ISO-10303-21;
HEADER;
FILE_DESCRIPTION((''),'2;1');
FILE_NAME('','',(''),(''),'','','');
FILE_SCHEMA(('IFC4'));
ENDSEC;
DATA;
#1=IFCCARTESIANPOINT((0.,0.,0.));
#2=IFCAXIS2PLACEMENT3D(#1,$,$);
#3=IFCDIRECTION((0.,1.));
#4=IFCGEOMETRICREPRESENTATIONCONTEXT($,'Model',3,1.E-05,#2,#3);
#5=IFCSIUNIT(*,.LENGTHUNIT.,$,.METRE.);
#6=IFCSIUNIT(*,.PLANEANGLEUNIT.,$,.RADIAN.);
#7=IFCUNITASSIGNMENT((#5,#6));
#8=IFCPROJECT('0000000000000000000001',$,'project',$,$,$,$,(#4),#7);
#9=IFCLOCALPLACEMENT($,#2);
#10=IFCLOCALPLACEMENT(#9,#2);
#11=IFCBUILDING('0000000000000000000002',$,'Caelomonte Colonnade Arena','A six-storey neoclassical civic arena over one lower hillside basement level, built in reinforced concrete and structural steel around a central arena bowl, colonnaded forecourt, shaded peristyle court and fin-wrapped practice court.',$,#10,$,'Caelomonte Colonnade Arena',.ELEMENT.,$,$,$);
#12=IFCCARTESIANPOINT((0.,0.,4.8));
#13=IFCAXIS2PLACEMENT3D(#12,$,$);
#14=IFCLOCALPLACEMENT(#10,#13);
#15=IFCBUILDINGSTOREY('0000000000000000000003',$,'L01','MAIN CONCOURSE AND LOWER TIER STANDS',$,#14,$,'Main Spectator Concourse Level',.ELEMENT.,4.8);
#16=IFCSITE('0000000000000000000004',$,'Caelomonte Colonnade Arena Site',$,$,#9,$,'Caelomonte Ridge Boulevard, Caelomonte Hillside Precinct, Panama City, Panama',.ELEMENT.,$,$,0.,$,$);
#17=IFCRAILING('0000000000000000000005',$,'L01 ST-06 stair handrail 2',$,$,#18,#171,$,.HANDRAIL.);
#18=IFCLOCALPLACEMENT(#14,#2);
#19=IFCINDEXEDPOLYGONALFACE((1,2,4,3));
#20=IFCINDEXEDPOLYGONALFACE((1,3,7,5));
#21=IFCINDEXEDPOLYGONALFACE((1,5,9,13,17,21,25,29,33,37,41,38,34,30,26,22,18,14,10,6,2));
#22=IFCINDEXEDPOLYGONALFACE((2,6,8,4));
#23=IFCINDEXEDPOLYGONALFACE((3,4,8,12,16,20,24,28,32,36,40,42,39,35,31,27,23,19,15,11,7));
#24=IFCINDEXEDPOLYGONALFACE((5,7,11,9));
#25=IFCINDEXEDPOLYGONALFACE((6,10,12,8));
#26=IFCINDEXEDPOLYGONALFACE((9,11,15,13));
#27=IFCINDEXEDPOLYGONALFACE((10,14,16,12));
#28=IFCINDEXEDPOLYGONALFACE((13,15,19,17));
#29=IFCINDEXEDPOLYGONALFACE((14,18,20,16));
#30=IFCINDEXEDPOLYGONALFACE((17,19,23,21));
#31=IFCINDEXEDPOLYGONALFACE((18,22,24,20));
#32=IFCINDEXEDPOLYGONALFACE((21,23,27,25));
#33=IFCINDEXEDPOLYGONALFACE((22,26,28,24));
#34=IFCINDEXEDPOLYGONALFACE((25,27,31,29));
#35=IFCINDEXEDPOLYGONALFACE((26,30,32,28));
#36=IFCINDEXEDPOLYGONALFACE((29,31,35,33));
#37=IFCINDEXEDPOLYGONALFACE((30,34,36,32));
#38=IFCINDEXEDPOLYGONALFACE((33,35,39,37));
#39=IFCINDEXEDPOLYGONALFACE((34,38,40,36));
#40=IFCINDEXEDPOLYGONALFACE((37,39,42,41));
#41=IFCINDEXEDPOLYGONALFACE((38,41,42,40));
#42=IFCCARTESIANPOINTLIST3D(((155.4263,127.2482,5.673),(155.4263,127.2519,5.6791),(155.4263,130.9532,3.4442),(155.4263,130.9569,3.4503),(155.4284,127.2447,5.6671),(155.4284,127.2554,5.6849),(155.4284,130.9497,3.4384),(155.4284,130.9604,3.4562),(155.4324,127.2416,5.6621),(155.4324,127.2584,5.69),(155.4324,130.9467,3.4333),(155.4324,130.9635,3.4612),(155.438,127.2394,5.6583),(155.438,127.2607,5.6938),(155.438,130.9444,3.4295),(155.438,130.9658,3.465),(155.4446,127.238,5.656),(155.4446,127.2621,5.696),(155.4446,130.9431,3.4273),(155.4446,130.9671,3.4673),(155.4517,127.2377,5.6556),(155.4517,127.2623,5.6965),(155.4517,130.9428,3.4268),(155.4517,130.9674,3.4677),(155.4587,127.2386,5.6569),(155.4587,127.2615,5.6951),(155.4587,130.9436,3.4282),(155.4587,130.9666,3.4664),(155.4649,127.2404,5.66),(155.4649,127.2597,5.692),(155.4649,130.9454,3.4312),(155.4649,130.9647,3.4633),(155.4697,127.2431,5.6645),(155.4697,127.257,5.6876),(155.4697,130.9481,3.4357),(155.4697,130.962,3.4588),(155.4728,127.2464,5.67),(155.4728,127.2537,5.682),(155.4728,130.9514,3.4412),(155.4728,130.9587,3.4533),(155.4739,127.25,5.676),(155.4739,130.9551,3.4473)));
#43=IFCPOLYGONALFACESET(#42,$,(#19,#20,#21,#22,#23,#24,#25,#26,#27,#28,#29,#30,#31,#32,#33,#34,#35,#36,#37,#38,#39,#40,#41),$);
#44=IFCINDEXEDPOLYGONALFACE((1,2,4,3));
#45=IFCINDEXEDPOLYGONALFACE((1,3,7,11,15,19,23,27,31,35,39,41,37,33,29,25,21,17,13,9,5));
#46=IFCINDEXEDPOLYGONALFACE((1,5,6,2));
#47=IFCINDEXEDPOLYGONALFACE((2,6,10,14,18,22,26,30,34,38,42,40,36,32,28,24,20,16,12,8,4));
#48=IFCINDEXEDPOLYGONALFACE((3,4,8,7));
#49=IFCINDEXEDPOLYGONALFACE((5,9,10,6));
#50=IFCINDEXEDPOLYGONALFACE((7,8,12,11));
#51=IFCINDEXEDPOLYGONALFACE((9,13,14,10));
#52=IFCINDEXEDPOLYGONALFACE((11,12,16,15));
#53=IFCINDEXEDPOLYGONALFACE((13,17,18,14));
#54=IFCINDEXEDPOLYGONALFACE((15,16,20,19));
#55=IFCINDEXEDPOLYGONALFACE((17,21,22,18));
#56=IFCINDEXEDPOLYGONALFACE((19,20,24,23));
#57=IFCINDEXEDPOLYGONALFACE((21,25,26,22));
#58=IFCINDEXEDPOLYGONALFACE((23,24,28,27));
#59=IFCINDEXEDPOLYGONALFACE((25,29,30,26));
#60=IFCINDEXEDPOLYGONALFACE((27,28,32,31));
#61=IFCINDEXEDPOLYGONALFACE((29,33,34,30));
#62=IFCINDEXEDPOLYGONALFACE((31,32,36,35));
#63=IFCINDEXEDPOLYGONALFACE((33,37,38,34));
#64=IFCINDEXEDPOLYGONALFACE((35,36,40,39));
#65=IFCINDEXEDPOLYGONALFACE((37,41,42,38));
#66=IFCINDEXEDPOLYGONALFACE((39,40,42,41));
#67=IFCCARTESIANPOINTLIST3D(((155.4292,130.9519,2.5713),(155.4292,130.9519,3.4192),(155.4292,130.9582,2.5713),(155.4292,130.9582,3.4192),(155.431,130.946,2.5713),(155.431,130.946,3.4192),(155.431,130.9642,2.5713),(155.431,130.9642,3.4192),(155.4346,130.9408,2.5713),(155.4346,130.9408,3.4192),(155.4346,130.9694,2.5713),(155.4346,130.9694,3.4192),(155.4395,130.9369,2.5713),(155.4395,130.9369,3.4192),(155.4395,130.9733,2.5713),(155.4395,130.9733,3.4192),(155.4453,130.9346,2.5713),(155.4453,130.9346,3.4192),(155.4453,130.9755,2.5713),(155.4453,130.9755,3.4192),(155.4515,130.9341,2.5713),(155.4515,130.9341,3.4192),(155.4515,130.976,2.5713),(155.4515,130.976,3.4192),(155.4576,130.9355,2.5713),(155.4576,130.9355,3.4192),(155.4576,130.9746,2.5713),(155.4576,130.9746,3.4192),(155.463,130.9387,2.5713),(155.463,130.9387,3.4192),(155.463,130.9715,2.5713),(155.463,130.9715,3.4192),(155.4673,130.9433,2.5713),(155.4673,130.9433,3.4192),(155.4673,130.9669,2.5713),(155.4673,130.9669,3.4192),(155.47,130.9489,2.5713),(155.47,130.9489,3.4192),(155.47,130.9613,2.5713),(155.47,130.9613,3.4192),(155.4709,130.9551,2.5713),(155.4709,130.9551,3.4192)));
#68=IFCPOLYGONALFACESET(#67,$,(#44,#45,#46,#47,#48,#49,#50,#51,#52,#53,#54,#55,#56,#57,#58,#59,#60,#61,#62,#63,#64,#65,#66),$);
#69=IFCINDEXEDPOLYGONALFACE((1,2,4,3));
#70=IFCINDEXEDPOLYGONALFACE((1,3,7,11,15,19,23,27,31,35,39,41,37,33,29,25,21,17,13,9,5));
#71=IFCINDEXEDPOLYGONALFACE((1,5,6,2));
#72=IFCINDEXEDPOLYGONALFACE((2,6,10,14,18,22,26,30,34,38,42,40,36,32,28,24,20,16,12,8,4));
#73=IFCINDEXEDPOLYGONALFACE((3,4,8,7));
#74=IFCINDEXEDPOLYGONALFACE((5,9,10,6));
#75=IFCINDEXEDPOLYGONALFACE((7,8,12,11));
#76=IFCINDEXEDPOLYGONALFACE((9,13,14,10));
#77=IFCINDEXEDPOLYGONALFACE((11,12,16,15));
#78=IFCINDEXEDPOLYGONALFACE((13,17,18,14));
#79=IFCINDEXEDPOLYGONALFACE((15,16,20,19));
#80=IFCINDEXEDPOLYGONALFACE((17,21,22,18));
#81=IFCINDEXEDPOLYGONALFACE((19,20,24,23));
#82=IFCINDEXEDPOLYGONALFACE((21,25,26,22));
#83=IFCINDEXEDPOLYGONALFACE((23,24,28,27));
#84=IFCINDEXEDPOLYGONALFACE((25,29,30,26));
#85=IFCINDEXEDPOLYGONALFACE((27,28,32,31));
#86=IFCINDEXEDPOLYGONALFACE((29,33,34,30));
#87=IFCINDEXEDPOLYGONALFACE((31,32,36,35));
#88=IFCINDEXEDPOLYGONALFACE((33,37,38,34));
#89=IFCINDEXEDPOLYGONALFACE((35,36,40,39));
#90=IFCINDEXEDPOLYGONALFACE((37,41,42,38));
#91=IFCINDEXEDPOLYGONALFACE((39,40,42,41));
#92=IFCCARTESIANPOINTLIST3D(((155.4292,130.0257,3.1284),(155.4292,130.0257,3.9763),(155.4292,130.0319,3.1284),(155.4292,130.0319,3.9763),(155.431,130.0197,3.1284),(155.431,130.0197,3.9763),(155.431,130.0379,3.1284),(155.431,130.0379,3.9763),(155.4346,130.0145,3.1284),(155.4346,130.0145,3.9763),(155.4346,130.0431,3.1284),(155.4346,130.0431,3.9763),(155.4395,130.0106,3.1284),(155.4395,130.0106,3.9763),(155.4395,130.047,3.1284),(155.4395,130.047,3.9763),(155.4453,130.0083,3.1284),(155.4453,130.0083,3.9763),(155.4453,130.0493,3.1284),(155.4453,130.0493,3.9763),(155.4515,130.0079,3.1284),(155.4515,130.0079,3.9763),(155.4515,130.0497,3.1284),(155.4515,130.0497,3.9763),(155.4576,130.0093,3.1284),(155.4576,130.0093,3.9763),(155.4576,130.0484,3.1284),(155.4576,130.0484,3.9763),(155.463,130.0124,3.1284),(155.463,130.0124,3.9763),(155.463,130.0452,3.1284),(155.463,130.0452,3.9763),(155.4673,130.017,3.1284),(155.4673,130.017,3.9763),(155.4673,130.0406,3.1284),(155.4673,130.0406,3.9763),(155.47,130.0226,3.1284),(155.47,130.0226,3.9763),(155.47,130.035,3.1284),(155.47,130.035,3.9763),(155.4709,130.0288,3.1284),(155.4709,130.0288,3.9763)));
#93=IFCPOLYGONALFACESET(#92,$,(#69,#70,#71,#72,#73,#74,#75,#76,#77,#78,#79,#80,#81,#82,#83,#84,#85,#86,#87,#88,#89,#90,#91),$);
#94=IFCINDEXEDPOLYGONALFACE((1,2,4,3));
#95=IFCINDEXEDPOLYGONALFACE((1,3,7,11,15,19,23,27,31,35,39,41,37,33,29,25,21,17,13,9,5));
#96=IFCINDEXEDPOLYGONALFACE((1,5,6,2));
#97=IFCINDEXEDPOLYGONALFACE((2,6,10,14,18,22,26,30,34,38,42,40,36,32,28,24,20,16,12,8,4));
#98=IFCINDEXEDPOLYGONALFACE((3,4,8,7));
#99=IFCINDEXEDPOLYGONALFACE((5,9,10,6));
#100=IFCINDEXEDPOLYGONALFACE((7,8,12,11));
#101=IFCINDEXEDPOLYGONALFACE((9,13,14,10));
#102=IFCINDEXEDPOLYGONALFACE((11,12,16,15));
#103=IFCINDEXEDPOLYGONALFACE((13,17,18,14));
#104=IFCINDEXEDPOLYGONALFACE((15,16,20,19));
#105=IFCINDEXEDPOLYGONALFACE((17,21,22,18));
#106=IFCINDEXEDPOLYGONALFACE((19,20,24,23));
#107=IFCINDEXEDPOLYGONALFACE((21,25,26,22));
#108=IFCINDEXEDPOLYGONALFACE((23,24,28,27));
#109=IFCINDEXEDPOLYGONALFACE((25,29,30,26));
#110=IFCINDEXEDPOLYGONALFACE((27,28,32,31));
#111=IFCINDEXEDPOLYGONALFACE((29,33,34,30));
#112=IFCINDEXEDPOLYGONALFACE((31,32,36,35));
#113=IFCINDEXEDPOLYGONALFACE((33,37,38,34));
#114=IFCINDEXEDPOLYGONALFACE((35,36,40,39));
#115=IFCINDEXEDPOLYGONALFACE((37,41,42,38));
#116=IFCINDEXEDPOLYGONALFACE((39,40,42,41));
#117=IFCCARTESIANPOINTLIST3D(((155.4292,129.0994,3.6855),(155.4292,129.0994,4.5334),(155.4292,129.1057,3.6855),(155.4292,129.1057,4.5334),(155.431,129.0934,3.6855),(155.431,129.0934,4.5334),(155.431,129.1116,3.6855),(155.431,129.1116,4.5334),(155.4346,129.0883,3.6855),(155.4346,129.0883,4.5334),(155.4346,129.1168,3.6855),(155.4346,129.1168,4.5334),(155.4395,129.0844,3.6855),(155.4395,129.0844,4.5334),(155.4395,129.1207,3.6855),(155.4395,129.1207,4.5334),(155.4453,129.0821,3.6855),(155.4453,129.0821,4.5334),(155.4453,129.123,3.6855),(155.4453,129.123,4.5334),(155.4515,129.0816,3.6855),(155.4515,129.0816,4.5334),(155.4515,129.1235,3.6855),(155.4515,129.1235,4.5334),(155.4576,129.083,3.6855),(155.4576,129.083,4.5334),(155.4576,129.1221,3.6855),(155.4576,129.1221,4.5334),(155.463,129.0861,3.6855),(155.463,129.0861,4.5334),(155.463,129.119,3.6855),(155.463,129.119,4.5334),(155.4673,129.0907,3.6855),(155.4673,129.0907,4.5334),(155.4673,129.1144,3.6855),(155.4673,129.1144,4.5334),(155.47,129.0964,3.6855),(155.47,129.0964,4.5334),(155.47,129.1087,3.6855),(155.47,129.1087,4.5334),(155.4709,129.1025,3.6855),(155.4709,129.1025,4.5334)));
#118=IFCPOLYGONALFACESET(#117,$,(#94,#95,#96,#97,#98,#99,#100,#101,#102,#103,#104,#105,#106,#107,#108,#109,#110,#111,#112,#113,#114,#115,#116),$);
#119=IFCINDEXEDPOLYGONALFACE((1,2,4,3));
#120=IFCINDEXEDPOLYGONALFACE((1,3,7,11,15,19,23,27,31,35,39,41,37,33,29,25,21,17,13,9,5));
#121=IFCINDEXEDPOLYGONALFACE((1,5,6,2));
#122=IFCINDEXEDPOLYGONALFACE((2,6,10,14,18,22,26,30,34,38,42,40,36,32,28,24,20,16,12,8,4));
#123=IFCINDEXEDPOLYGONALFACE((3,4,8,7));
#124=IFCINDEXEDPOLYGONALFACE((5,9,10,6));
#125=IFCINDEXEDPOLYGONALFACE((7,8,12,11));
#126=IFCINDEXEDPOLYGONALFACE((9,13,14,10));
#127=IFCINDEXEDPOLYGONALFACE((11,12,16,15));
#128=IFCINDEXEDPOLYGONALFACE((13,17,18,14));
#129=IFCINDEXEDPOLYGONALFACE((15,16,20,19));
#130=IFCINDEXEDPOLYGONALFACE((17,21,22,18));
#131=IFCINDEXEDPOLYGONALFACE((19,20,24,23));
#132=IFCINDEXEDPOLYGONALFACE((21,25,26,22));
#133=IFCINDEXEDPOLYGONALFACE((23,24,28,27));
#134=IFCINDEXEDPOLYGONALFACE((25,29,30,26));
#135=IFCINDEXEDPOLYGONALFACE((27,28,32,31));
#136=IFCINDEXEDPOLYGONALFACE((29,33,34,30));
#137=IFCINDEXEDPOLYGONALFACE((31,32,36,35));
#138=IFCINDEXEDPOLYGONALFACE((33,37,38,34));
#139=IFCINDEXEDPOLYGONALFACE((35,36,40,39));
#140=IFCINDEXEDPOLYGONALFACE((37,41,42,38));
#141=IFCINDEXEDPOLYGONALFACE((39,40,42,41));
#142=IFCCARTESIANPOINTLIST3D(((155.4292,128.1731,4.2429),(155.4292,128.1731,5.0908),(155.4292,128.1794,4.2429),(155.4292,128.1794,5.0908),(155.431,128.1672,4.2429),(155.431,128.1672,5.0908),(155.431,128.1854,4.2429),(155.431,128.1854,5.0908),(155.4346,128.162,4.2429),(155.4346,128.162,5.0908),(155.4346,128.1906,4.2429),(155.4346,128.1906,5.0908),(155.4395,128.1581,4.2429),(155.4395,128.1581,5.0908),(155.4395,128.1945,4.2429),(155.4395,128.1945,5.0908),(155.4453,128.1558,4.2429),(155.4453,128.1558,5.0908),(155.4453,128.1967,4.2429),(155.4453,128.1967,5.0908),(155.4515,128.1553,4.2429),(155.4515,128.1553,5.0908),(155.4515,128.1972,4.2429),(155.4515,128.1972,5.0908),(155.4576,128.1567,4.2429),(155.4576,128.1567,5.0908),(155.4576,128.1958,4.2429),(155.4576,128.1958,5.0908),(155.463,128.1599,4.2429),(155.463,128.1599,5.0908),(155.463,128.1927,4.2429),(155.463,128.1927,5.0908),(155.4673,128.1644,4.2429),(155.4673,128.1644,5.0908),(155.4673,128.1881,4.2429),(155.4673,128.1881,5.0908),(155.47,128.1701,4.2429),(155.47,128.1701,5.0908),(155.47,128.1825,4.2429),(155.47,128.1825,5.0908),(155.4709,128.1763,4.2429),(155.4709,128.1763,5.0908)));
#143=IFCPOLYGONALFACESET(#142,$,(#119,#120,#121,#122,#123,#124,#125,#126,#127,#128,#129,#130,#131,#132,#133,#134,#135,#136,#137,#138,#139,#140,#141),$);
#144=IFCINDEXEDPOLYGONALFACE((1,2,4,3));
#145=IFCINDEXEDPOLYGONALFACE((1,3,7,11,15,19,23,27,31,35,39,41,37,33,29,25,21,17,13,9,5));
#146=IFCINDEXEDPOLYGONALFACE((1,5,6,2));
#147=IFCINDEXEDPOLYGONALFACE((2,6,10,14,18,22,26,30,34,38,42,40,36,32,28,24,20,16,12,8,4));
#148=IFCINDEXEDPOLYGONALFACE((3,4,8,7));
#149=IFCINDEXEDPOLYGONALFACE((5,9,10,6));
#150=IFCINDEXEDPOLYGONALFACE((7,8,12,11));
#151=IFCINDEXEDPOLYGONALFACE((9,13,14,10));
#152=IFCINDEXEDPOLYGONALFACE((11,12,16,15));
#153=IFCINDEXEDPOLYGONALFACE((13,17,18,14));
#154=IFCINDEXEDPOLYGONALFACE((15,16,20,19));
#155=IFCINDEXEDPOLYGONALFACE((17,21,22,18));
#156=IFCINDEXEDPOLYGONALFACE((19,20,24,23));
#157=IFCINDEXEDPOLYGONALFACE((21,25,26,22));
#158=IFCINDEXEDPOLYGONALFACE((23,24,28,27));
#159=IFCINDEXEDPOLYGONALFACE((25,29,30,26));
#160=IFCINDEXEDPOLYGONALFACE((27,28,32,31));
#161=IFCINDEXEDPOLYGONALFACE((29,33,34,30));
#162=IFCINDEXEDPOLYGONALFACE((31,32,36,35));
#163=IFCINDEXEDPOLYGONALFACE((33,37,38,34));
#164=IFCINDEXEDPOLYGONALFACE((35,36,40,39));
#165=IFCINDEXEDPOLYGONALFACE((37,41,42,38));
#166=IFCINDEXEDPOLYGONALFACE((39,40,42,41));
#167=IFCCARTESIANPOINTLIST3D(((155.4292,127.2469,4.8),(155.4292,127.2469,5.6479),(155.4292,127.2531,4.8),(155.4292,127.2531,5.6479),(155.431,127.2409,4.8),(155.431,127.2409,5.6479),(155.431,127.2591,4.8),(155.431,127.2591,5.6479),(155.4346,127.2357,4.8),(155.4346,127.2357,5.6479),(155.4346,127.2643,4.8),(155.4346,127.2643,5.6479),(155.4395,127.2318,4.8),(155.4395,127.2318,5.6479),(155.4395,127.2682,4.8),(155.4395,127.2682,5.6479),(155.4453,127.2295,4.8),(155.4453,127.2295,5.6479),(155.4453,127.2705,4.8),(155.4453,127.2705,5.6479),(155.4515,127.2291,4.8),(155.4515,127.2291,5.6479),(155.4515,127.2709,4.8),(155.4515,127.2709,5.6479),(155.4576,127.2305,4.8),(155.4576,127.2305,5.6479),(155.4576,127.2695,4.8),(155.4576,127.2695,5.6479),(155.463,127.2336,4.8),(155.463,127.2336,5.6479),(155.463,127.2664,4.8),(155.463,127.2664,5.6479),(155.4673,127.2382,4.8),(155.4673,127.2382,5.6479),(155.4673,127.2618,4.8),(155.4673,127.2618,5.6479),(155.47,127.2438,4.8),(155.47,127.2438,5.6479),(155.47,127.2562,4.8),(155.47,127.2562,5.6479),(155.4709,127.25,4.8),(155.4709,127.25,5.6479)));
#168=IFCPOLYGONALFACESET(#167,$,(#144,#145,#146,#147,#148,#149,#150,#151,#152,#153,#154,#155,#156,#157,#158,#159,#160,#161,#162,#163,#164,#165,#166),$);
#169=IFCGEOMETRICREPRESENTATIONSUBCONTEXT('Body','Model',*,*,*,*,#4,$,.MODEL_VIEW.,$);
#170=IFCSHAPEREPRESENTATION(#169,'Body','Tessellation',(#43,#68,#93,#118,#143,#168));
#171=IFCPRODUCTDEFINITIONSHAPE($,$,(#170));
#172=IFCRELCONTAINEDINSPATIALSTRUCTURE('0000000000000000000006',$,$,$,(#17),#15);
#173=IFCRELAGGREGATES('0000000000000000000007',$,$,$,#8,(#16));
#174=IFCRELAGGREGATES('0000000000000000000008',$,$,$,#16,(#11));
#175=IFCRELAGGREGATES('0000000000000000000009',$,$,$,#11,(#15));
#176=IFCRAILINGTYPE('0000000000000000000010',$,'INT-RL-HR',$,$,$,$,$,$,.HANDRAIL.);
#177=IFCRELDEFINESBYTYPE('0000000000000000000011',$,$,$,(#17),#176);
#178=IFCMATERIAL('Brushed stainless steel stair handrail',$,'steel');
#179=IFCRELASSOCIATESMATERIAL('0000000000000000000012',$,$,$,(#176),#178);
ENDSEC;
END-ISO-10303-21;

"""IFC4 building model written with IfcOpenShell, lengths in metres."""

from ifc_helpers import new_model, si_unit, direction, frame, origin, origin_2d, place, context, subcontext, project, spatial, circle, extrude, material, type_object, element, save


model = new_model("IFC4")

# Units and contexts
model_context = context("Model", 3, precision=1e-05, world=origin(), true_north=direction((0.0, 1.0)))
body_context = subcontext(model_context, "Body", "Model", "MODEL_VIEW")
ifc_project = project(units=[si_unit("LENGTHUNIT", "METRE"), si_unit("PLANEANGLEUNIT", "RADIAN")], contexts=[model_context])

# Site, building, storey
site_placement = place(None, origin())
site = spatial("IfcSite", under=ifc_project, at=site_placement, Name="Caelomonte Colonnade Arena Site", LongName="Caelomonte Ridge Boulevard, Caelomonte Hillside Precinct, Panama City, Panama", CompositionType="ELEMENT", RefElevation=0.0)
building_placement = place(site_placement, origin())
building = spatial("IfcBuilding", under=site, at=building_placement, Name="Caelomonte Colonnade Arena", Description="A six-storey neoclassical civic arena over one lower hillside basement level, built in reinforced concrete and structural steel around a central arena bowl, colonnaded forecourt, shaded peristyle court and fin-wrapped practice court.", LongName="Caelomonte Colonnade Arena", CompositionType="ELEMENT")
storey_placement = place(building_placement, frame((0.0, 0.0, 4.8)))
storey = spatial("IfcBuildingStorey", under=building, at=storey_placement, Name="L01", Description="MAIN CONCOURSE AND LOWER TIER STANDS", LongName="Main Spectator Concourse Level", CompositionType="ELEMENT", Elevation=4.8)

# Railing
ifc_material_1 = material(Name="Brushed stainless steel stair handrail", Category="steel")
railing_type_1 = type_object("IfcRailingType", Name="INT-RL-HR", PredefinedType="HANDRAIL", material=ifc_material_1)
railing_1_placement = place(storey_placement, frame((155.45, 130.9551, 2.5713)))
element("IfcRailing", 1, at=railing_1_placement, inside=storey, type_object=railing_type_1, Name="L01 ST-06 stair handrail 2", PredefinedType="HANDRAIL", context=body_context, shape_type="SweptSolid", body=[
    extrude(circle(Radius=0.0239, at=origin_2d()), frame((0.0, 0.0, 0.876), z_axis=(0.0, -0.856909, 0.515467), x_axis=(1.0, 0.0, 0.0)), (0.0, 0.0, 1.0), 4.3237),
    extrude(circle(Radius=0.021, at=origin_2d()), origin(), (0.0, 0.0, 1.0), 0.8479),
    extrude(circle(Radius=0.021, at=origin_2d()), frame((0.0, -0.9263, 0.5571)), (0.0, 0.0, 1.0), 0.8479),
    extrude(circle(Radius=0.021, at=origin_2d()), frame((0.0, -1.8525, 1.1143)), (0.0, 0.0, 1.0), 0.8479),
    extrude(circle(Radius=0.021, at=origin_2d()), frame((0.0, -2.7788, 1.6716)), (0.0, 0.0, 1.0), 0.8479),
    extrude(circle(Radius=0.021, at=origin_2d()), frame((0.0, -3.7051, 2.2288)), (0.0, 0.0, 1.0), 0.8479),
])

save(model, "model.ifc")
